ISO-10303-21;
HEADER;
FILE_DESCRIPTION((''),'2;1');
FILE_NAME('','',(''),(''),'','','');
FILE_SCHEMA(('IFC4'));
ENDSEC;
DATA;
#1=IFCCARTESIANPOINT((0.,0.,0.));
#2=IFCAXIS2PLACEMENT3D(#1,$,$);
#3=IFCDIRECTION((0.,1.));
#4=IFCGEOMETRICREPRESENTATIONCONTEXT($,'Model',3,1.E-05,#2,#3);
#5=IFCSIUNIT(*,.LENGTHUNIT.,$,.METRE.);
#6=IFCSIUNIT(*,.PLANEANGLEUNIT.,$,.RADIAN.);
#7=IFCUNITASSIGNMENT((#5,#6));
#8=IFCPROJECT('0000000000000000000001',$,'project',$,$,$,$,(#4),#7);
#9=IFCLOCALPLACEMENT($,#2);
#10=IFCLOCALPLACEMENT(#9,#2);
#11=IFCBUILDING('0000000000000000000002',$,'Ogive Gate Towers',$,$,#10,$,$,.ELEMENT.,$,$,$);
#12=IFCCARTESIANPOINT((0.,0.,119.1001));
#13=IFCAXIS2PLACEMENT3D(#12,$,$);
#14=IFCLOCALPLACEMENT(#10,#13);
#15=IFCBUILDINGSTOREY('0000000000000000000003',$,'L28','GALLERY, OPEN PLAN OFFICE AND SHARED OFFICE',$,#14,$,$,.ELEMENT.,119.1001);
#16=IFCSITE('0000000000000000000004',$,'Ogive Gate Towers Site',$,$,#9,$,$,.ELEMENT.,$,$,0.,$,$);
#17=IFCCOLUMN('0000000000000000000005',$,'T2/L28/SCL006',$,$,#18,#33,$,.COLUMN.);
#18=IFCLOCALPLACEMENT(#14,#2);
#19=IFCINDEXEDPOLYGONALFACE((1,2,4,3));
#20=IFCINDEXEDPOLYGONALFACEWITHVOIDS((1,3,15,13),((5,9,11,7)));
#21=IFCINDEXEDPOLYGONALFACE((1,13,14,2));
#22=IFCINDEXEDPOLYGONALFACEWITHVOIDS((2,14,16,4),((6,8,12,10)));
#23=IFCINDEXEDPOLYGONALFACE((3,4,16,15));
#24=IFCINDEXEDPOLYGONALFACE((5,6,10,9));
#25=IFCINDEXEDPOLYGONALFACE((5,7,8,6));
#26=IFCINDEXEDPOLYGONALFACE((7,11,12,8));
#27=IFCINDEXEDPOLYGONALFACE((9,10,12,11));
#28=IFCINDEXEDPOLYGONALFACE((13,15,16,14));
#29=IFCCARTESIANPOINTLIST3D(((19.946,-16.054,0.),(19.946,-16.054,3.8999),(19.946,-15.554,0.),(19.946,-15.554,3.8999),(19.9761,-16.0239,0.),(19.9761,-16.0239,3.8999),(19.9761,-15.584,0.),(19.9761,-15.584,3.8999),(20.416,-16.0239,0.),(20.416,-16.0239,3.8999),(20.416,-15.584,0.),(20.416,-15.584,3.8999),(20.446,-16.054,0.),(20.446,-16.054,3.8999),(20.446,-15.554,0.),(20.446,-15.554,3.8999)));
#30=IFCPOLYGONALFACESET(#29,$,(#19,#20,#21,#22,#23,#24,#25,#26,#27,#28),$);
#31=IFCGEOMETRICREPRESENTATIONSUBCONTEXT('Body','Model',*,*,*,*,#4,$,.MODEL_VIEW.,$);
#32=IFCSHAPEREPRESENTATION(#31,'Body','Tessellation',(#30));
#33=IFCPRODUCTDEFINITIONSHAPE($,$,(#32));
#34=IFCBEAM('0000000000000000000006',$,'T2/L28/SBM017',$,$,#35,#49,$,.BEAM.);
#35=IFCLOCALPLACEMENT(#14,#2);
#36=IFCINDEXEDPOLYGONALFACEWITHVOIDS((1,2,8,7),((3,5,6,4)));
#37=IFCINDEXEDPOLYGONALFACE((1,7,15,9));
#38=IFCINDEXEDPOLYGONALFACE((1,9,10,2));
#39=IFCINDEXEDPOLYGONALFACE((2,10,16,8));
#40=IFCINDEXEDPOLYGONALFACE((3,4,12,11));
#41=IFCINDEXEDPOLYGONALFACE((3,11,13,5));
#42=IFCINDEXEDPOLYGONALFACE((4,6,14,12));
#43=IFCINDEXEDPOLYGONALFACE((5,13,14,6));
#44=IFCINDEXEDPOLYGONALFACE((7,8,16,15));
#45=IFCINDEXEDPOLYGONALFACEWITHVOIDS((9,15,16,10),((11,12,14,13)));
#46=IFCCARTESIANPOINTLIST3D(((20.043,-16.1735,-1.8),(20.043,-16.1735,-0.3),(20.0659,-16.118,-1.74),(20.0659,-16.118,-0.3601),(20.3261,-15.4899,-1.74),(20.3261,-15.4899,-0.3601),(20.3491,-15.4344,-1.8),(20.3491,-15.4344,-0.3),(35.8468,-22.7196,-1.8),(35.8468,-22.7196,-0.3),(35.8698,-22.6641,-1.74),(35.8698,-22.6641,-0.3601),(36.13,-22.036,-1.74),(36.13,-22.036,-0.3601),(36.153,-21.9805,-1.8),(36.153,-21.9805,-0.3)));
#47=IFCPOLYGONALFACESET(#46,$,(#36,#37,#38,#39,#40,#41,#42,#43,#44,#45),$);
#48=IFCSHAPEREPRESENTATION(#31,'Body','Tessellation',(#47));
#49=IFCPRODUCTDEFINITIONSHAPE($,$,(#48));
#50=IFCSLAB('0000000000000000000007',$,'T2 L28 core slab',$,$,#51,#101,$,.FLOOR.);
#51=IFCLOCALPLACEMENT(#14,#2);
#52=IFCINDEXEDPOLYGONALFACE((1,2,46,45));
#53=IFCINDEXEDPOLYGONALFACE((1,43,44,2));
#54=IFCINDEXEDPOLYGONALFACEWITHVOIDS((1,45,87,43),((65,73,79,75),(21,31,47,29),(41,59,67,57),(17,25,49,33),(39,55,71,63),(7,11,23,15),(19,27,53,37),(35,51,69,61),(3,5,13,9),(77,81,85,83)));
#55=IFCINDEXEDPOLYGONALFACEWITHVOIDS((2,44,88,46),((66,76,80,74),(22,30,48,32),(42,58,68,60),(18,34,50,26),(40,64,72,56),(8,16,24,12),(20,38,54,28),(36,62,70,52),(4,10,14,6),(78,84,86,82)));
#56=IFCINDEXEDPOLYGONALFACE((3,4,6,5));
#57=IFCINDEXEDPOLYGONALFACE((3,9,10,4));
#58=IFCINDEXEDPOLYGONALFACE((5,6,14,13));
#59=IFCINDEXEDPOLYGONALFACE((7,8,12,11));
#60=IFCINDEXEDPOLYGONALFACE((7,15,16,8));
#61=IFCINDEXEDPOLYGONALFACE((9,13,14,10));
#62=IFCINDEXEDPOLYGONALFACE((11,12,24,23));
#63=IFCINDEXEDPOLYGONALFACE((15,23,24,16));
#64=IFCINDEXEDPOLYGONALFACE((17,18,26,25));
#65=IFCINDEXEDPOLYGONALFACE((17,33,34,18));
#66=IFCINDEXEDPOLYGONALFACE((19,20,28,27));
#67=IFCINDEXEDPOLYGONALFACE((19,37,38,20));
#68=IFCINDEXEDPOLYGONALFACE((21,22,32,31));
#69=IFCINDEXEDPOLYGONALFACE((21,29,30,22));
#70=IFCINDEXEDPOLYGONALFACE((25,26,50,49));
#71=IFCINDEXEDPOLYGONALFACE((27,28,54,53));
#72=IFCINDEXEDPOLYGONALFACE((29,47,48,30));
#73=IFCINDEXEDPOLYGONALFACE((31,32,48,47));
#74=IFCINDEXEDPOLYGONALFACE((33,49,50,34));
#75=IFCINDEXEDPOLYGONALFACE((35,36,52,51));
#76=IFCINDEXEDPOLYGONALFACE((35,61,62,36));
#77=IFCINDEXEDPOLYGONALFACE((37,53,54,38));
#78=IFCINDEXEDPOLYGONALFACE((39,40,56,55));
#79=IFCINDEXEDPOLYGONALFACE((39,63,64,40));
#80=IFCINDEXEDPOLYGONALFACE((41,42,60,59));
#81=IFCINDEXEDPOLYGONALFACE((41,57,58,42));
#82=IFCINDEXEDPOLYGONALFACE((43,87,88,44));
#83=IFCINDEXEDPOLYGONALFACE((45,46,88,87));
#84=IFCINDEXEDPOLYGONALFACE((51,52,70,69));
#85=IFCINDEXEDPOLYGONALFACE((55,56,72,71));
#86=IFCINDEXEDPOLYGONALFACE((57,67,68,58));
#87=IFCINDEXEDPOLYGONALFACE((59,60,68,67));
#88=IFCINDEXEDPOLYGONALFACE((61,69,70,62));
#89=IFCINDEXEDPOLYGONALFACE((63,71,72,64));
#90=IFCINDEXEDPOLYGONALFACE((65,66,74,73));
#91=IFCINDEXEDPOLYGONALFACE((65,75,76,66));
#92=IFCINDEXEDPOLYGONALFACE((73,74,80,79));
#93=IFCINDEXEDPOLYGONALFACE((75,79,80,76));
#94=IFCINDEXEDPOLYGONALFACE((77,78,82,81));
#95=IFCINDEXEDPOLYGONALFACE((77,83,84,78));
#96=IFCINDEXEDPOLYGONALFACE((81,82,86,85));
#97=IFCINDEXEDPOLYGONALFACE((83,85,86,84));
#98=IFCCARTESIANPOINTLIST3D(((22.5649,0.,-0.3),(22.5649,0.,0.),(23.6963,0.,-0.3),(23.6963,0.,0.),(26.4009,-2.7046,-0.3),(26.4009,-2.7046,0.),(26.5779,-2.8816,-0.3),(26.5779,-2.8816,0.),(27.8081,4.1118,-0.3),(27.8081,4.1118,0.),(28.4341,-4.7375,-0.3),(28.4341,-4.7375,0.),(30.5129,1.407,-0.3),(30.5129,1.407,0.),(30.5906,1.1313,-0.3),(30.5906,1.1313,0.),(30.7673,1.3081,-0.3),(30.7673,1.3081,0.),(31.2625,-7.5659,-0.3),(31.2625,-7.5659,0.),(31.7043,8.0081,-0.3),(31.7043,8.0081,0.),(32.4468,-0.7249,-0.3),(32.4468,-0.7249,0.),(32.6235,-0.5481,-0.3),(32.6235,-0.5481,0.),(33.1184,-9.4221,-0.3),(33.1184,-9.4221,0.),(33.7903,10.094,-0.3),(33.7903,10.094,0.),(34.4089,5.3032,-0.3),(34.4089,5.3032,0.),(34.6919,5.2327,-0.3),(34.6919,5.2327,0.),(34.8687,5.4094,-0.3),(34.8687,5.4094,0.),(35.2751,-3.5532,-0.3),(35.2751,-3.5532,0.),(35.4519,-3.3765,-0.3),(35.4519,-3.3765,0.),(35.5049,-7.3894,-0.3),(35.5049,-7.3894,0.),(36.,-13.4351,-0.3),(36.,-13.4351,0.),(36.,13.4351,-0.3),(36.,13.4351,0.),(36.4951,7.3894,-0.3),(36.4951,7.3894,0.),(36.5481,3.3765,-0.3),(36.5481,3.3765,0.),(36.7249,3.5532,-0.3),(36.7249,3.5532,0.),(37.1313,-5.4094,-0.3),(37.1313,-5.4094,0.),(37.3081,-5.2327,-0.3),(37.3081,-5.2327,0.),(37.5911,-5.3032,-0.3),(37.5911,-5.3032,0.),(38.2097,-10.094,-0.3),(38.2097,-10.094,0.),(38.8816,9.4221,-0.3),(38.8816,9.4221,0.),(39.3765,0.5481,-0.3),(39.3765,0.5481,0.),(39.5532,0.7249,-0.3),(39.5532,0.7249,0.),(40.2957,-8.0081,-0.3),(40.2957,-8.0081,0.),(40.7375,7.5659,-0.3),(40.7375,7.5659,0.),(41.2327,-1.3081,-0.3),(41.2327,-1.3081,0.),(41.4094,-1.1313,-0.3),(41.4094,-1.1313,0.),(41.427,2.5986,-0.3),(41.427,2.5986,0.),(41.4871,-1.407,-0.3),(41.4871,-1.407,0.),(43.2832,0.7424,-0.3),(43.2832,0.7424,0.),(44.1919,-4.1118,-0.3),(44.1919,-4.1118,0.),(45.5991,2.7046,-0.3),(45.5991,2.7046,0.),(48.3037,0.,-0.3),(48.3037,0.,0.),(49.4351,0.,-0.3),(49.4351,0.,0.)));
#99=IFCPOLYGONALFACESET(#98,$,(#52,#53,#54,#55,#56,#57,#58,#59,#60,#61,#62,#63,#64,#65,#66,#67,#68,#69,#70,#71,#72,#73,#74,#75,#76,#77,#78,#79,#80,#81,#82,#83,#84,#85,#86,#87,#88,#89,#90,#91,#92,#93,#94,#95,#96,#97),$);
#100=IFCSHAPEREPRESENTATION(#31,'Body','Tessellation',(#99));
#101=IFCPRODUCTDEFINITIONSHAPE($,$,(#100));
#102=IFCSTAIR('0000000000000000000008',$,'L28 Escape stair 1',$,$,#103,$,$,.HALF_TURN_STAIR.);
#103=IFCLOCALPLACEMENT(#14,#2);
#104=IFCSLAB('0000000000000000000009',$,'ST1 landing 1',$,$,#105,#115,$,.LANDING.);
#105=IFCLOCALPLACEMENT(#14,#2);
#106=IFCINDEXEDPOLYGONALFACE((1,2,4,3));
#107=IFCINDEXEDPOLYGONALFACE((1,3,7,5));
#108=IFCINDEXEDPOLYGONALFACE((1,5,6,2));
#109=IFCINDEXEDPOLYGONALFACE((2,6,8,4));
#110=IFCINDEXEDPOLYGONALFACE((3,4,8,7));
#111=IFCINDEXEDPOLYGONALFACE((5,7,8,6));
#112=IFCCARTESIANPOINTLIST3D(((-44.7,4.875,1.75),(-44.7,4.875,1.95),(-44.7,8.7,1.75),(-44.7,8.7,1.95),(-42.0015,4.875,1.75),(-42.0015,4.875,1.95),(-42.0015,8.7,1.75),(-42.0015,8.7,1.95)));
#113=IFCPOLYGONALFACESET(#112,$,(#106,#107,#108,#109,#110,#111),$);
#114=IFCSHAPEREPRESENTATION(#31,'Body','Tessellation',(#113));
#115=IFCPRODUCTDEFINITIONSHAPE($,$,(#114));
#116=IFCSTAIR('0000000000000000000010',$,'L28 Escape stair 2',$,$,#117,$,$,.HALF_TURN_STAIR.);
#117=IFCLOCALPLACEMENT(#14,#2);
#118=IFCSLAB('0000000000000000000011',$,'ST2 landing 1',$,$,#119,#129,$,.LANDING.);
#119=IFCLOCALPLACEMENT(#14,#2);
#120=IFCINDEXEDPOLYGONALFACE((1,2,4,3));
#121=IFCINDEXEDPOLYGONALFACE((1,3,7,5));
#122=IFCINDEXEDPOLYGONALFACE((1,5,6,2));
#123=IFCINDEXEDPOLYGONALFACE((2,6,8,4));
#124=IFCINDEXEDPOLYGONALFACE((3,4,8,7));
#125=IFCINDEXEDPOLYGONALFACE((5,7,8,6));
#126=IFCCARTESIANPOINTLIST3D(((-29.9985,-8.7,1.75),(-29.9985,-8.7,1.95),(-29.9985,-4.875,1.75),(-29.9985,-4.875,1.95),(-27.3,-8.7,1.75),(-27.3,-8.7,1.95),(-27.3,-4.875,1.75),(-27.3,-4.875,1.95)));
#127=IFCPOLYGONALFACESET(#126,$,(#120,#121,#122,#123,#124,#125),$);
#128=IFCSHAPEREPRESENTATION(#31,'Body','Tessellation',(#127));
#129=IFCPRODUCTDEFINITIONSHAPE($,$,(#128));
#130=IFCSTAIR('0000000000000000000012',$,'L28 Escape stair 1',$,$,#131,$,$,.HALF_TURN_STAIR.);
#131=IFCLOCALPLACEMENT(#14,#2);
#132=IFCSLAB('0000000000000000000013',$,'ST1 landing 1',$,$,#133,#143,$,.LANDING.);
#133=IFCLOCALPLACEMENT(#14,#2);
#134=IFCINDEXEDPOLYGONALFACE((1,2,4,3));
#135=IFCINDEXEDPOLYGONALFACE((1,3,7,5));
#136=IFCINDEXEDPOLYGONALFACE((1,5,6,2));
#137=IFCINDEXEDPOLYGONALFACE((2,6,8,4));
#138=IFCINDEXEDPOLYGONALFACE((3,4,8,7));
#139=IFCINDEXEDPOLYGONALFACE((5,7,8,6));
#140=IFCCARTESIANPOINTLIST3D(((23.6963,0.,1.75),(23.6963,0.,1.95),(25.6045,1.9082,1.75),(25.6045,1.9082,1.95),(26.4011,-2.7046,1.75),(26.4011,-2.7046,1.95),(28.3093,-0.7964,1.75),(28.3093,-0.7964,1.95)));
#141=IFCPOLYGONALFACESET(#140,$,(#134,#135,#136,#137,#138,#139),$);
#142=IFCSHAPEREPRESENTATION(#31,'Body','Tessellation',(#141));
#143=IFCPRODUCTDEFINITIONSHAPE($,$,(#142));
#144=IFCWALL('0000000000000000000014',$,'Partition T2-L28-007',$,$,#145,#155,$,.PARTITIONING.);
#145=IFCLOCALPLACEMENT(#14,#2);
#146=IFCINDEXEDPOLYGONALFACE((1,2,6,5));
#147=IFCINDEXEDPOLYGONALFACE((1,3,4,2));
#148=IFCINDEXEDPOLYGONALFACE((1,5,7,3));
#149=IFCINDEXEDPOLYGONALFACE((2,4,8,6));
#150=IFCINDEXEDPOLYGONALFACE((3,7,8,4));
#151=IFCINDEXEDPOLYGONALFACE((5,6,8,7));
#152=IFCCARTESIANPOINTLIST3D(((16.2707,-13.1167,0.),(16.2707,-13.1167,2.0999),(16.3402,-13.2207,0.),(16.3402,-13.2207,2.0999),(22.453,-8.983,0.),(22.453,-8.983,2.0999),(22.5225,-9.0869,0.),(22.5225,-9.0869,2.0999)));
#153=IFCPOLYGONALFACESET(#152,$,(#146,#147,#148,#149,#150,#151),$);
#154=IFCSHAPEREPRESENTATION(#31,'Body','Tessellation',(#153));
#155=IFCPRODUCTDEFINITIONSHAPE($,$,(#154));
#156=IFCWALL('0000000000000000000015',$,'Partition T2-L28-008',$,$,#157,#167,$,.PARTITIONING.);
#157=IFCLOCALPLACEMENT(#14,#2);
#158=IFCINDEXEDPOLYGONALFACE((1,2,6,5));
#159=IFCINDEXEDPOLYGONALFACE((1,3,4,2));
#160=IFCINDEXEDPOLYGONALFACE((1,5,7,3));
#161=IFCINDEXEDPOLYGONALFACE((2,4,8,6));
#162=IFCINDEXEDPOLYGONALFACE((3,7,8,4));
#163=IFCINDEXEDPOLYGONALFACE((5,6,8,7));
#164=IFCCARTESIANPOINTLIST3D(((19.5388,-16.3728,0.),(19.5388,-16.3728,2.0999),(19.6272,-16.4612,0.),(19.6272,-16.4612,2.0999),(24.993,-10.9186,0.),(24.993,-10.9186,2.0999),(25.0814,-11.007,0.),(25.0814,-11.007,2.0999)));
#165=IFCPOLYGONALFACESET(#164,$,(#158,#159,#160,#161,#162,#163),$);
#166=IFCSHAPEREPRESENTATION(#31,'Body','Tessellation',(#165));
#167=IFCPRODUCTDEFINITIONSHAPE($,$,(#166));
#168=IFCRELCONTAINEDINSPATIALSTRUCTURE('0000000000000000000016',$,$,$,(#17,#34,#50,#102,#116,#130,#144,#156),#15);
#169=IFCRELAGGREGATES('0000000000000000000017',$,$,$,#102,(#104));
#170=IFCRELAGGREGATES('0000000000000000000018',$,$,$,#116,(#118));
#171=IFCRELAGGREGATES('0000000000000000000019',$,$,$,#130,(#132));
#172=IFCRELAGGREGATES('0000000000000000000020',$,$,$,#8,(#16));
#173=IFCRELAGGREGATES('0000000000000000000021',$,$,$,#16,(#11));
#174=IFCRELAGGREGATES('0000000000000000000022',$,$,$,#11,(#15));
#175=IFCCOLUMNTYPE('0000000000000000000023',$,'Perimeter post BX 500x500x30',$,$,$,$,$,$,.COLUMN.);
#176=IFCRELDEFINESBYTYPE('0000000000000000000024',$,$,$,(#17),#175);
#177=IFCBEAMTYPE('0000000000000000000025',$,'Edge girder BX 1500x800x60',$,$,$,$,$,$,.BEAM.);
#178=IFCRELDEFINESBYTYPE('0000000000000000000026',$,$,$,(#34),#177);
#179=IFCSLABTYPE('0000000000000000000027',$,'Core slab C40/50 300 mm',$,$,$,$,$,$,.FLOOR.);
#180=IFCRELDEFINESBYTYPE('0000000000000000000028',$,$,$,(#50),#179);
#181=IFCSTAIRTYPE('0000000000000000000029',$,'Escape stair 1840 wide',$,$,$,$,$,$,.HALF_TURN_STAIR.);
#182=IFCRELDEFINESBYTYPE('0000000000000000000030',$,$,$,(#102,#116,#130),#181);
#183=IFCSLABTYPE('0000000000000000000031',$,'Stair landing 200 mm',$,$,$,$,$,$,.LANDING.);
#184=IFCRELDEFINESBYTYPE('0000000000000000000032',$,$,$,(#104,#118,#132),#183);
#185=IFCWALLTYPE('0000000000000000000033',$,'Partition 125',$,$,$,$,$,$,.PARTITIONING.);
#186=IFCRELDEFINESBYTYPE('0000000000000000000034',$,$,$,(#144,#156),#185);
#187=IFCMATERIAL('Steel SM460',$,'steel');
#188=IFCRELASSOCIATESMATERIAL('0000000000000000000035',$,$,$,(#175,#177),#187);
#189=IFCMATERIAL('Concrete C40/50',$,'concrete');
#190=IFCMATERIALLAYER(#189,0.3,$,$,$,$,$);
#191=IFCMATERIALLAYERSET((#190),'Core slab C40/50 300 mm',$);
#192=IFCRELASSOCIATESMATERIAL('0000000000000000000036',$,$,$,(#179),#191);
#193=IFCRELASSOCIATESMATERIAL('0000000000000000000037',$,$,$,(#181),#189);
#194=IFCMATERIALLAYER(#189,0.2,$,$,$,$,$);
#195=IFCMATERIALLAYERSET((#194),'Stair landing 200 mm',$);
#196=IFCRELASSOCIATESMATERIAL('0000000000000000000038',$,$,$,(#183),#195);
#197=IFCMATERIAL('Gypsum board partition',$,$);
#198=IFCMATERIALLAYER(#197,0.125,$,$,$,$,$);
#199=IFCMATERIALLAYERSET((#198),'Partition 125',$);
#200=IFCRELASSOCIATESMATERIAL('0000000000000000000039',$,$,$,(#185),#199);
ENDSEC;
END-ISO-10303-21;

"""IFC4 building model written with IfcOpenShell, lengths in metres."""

from ifc_helpers import new_model, si_unit, direction, frame, frame_2d, origin, origin_2d, place, context, subcontext, project, spatial, polyline, rectangle, hollow_rectangle, outline, extrude, material, layer, layer_set, material_profile, profile_set, type_object, element, aggregate, save


model = new_model("IFC4")

# Units and contexts
model_context = context("Model", 3, precision=1e-05, world=origin(), true_north=direction((0.0, 1.0)))
body_context = subcontext(model_context, "Body", "Model", "MODEL_VIEW")
ifc_project = project(units=[si_unit("LENGTHUNIT", "METRE"), si_unit("PLANEANGLEUNIT", "RADIAN")], contexts=[model_context])

# Site, building, storey
site_placement = place(None, origin())
site = spatial("IfcSite", under=ifc_project, at=site_placement, Name="Ogive Gate Towers Site", CompositionType="ELEMENT", RefElevation=0.0)
building_placement = place(site_placement, origin())
building = spatial("IfcBuilding", under=site, at=building_placement, Name="Ogive Gate Towers", CompositionType="ELEMENT")
storey_placement = place(building_placement, frame((0.0, 0.0, 119.1001)))
storey = spatial("IfcBuildingStorey", under=building, at=storey_placement, Name="L28", Description="GALLERY, OPEN PLAN OFFICE AND SHARED OFFICE", CompositionType="ELEMENT", Elevation=119.1001)

# Column
ifc_material_1 = material(Name="Steel SM460", Category="steel")
ifc_material_profile_1 = material_profile(ifc_material_1, hollow_rectangle(XDim=0.5, YDim=0.5, WallThickness=0.03, at=origin_2d()), Name="BX 500x500x30")
ifc_profile_set_1 = profile_set([ifc_material_profile_1], Name="Steel SM460")
column_type = type_object("IfcColumnType", Name="Perimeter post BX 500x500x30", PredefinedType="COLUMN", material=ifc_profile_set_1)
column_placement = place(storey_placement, frame((20.196, -15.804, 0.0), z_axis=(0.0, 0.0, 1.0), x_axis=(1.0, 0.0, 0.0)))
element("IfcColumn", 1, at=column_placement, inside=storey, type_object=column_type, Name="T2/L28/SCL006", PredefinedType="COLUMN", context=body_context, shape_type="SweptSolid", body=[
    extrude(hollow_rectangle(XDim=0.5, YDim=0.5, WallThickness=0.03, at=origin_2d()), origin(), (0.0, 0.0, 1.0), 3.8999),
])

# Beam
ifc_material_profile_2 = material_profile(ifc_material_1, hollow_rectangle(XDim=0.8, YDim=1.5, WallThickness=0.0601, at=origin_2d()), Name="BX 1500x800x60")
ifc_profile_set_2 = profile_set([ifc_material_profile_2], Name="Steel SM460")
beam_type = type_object("IfcBeamType", Name="Edge girder BX 1500x800x60", PredefinedType="BEAM", material=ifc_profile_set_2)
beam_placement = place(storey_placement, frame((20.196, -15.804, -1.05), z_axis=(0.923881, -0.38268, 0.0), x_axis=(0.38268, 0.923881, 0.0)))
element("IfcBeam", 2, at=beam_placement, inside=storey, type_object=beam_type, Name="T2/L28/SBM017", PredefinedType="BEAM", context=body_context, shape_type="SweptSolid", body=[
    extrude(hollow_rectangle(XDim=0.8, YDim=1.5, WallThickness=0.0601, at=origin_2d()), origin(), (0.0, 0.0, 1.0), 17.106),
])

# Slab
ifc_material_2 = material(Name="Concrete C40/50", Category="concrete")
ifc_layer_1 = layer(ifc_material_2, 0.3)
ifc_layer_set_1 = layer_set([ifc_layer_1], Name="Core slab C40/50 300 mm")
slab_type_1 = type_object("IfcSlabType", Name="Core slab C40/50 300 mm", PredefinedType="FLOOR", material=ifc_layer_set_1)
slab_1_placement = place(storey_placement, frame((0.0, 0.0, -0.3)))
element("IfcSlab", 3, at=slab_1_placement, inside=storey, type_object=slab_type_1, Name="T2 L28 core slab", PredefinedType="FLOOR", context=body_context, shape_type="SweptSolid", body=[
    extrude(outline(polyline([(36.0, 13.4351), (49.4351, 0.0), (36.0, -13.4351), (22.5649, 0.0), (36.0, 13.4351)]), holes=[polyline([(30.5906, 1.1313), (26.5779, -2.8816), (28.4341, -4.7375), (32.4468, -0.7249), (30.5906, 1.1313)]), polyline([(36.5481, 3.3765), (34.6919, 5.2327), (30.7673, 1.3081), (32.6235, -0.5481), (36.5481, 3.3765)]), polyline([(36.7249, 3.5532), (40.7375, 7.5659), (38.8816, 9.4221), (34.8687, 5.4094), (36.7249, 3.5532)]), polyline([(31.2625, -7.5659), (33.1184, -9.4221), (37.1313, -5.4094), (35.2751, -3.5532), (31.2625, -7.5659)]), polyline([(39.3765, 0.5481), (35.4519, -3.3765), (37.3081, -5.2327), (41.2327, -1.3081), (39.3765, 0.5481)]), polyline([(43.2832, 0.7424), (41.427, 2.5986), (39.5532, 0.7249), (41.4094, -1.1313), (43.2832, 0.7424)]), polyline([(34.4089, 5.3032), (36.4951, 7.3894), (33.7903, 10.094), (31.7043, 8.0081), (34.4089, 5.3032)]), polyline([(35.5049, -7.3894), (38.2097, -10.094), (40.2957, -8.0081), (37.5911, -5.3032), (35.5049, -7.3894)]), polyline([(26.4009, -2.7046), (30.5129, 1.407), (27.8081, 4.1118), (23.6963, 0.0), (26.4009, -2.7046)]), polyline([(48.3037, 0.0), (45.5991, 2.7046), (41.4871, -1.407), (44.1919, -4.1118), (48.3037, 0.0)])]), origin(), (0.0, 0.0, 1.0), 0.3),
])

# Stairs, slabs
stair_type = type_object("IfcStairType", Name="Escape stair 1840 wide", PredefinedType="HALF_TURN_STAIR", material=ifc_material_2)
stair_1_placement = place(storey_placement, origin())
stair_1 = element("IfcStair", 4, at=stair_1_placement, inside=storey, type_object=stair_type, Name="L28 Escape stair 1", PredefinedType="HALF_TURN_STAIR")
ifc_layer_2 = layer(ifc_material_2, 0.2)
ifc_layer_set_2 = layer_set([ifc_layer_2], Name="Stair landing 200 mm")
slab_type_2 = type_object("IfcSlabType", Name="Stair landing 200 mm", PredefinedType="LANDING", material=ifc_layer_set_2)
slab_2_placement = place(storey_placement, frame((0.0, 0.0, 1.75)))
slab_2 = element("IfcSlab", 5, at=slab_2_placement, type_object=slab_type_2, Name="ST1 landing 1", PredefinedType="LANDING", context=body_context, shape_type="SweptSolid", body=[
    extrude(outline(polyline([(-42.0015, 8.7), (-44.7, 8.7), (-44.7, 4.875), (-42.0015, 4.875), (-42.0015, 8.7)])), origin(), (0.0, 0.0, 1.0), 0.2),
])
aggregate(stair_1, [slab_2])
stair_2_placement = place(storey_placement, origin())
stair_2 = element("IfcStair", 6, at=stair_2_placement, inside=storey, type_object=stair_type, Name="L28 Escape stair 2", PredefinedType="HALF_TURN_STAIR")
slab_3_placement = place(storey_placement, frame((0.0, 0.0, 1.75)))
slab_3 = element("IfcSlab", 7, at=slab_3_placement, type_object=slab_type_2, Name="ST2 landing 1", PredefinedType="LANDING", context=body_context, shape_type="SweptSolid", body=[
    extrude(outline(polyline([(-29.9985, -8.7), (-27.3, -8.7), (-27.3, -4.875), (-29.9985, -4.875), (-29.9985, -8.7)])), origin(), (0.0, 0.0, 1.0), 0.2),
])
aggregate(stair_2, [slab_3])
stair_3_placement = place(storey_placement, origin())
stair_3 = element("IfcStair", 8, at=stair_3_placement, inside=storey, type_object=stair_type, Name="L28 Escape stair 1", PredefinedType="HALF_TURN_STAIR")
slab_4_placement = place(storey_placement, frame((0.0, 0.0, 1.75)))
slab_4 = element("IfcSlab", 9, at=slab_4_placement, type_object=slab_type_2, Name="ST1 landing 1", PredefinedType="LANDING", context=body_context, shape_type="SweptSolid", body=[
    extrude(outline(polyline([(25.6045, 1.9082), (23.6963, 0.0), (26.4011, -2.7046), (28.3093, -0.7964), (25.6045, 1.9082)])), origin(), (0.0, 0.0, 1.0), 0.2),
])
aggregate(stair_3, [slab_4])

# Walls
ifc_material_3 = material(Name="Gypsum board partition")
ifc_layer_3 = layer(ifc_material_3, 0.125)
ifc_layer_set_3 = layer_set([ifc_layer_3], Name="Partition 125")
wall_type_1 = type_object("IfcWallType", Name="Partition 125", PredefinedType="PARTITIONING", material=ifc_layer_set_3)
wall_1_placement = place(storey_placement, frame((16.3054, -13.1687, 0.0), z_axis=(0.0, 0.0, 1.0), x_axis=(0.831292, 0.555836, 0.0)))
element("IfcWall", 10, at=wall_1_placement, inside=storey, type_object=wall_type_1, Name="Partition T2-L28-007", PredefinedType="PARTITIONING", context=body_context, shape_type="SweptSolid", body=[
    extrude(rectangle(XDim=7.437, YDim=0.125, at=frame_2d((3.7185, 0.0))), origin(), (0.0, 0.0, 1.0), 2.0999),
])
wall_2_placement = place(storey_placement, frame((19.583, -16.417, 0.0), z_axis=(0.0, 0.0, 1.0), x_axis=(0.707107, 0.707107, 0.0)))
element("IfcWall", 11, at=wall_2_placement, inside=storey, type_object=wall_type_1, Name="Partition T2-L28-008", PredefinedType="PARTITIONING", context=body_context, shape_type="SweptSolid", body=[
    extrude(rectangle(XDim=7.7134, YDim=0.125, at=frame_2d((3.8567, 0.0))), origin(), (0.0, 0.0, 1.0), 2.0999),
])

save(model, "model.ifc")
